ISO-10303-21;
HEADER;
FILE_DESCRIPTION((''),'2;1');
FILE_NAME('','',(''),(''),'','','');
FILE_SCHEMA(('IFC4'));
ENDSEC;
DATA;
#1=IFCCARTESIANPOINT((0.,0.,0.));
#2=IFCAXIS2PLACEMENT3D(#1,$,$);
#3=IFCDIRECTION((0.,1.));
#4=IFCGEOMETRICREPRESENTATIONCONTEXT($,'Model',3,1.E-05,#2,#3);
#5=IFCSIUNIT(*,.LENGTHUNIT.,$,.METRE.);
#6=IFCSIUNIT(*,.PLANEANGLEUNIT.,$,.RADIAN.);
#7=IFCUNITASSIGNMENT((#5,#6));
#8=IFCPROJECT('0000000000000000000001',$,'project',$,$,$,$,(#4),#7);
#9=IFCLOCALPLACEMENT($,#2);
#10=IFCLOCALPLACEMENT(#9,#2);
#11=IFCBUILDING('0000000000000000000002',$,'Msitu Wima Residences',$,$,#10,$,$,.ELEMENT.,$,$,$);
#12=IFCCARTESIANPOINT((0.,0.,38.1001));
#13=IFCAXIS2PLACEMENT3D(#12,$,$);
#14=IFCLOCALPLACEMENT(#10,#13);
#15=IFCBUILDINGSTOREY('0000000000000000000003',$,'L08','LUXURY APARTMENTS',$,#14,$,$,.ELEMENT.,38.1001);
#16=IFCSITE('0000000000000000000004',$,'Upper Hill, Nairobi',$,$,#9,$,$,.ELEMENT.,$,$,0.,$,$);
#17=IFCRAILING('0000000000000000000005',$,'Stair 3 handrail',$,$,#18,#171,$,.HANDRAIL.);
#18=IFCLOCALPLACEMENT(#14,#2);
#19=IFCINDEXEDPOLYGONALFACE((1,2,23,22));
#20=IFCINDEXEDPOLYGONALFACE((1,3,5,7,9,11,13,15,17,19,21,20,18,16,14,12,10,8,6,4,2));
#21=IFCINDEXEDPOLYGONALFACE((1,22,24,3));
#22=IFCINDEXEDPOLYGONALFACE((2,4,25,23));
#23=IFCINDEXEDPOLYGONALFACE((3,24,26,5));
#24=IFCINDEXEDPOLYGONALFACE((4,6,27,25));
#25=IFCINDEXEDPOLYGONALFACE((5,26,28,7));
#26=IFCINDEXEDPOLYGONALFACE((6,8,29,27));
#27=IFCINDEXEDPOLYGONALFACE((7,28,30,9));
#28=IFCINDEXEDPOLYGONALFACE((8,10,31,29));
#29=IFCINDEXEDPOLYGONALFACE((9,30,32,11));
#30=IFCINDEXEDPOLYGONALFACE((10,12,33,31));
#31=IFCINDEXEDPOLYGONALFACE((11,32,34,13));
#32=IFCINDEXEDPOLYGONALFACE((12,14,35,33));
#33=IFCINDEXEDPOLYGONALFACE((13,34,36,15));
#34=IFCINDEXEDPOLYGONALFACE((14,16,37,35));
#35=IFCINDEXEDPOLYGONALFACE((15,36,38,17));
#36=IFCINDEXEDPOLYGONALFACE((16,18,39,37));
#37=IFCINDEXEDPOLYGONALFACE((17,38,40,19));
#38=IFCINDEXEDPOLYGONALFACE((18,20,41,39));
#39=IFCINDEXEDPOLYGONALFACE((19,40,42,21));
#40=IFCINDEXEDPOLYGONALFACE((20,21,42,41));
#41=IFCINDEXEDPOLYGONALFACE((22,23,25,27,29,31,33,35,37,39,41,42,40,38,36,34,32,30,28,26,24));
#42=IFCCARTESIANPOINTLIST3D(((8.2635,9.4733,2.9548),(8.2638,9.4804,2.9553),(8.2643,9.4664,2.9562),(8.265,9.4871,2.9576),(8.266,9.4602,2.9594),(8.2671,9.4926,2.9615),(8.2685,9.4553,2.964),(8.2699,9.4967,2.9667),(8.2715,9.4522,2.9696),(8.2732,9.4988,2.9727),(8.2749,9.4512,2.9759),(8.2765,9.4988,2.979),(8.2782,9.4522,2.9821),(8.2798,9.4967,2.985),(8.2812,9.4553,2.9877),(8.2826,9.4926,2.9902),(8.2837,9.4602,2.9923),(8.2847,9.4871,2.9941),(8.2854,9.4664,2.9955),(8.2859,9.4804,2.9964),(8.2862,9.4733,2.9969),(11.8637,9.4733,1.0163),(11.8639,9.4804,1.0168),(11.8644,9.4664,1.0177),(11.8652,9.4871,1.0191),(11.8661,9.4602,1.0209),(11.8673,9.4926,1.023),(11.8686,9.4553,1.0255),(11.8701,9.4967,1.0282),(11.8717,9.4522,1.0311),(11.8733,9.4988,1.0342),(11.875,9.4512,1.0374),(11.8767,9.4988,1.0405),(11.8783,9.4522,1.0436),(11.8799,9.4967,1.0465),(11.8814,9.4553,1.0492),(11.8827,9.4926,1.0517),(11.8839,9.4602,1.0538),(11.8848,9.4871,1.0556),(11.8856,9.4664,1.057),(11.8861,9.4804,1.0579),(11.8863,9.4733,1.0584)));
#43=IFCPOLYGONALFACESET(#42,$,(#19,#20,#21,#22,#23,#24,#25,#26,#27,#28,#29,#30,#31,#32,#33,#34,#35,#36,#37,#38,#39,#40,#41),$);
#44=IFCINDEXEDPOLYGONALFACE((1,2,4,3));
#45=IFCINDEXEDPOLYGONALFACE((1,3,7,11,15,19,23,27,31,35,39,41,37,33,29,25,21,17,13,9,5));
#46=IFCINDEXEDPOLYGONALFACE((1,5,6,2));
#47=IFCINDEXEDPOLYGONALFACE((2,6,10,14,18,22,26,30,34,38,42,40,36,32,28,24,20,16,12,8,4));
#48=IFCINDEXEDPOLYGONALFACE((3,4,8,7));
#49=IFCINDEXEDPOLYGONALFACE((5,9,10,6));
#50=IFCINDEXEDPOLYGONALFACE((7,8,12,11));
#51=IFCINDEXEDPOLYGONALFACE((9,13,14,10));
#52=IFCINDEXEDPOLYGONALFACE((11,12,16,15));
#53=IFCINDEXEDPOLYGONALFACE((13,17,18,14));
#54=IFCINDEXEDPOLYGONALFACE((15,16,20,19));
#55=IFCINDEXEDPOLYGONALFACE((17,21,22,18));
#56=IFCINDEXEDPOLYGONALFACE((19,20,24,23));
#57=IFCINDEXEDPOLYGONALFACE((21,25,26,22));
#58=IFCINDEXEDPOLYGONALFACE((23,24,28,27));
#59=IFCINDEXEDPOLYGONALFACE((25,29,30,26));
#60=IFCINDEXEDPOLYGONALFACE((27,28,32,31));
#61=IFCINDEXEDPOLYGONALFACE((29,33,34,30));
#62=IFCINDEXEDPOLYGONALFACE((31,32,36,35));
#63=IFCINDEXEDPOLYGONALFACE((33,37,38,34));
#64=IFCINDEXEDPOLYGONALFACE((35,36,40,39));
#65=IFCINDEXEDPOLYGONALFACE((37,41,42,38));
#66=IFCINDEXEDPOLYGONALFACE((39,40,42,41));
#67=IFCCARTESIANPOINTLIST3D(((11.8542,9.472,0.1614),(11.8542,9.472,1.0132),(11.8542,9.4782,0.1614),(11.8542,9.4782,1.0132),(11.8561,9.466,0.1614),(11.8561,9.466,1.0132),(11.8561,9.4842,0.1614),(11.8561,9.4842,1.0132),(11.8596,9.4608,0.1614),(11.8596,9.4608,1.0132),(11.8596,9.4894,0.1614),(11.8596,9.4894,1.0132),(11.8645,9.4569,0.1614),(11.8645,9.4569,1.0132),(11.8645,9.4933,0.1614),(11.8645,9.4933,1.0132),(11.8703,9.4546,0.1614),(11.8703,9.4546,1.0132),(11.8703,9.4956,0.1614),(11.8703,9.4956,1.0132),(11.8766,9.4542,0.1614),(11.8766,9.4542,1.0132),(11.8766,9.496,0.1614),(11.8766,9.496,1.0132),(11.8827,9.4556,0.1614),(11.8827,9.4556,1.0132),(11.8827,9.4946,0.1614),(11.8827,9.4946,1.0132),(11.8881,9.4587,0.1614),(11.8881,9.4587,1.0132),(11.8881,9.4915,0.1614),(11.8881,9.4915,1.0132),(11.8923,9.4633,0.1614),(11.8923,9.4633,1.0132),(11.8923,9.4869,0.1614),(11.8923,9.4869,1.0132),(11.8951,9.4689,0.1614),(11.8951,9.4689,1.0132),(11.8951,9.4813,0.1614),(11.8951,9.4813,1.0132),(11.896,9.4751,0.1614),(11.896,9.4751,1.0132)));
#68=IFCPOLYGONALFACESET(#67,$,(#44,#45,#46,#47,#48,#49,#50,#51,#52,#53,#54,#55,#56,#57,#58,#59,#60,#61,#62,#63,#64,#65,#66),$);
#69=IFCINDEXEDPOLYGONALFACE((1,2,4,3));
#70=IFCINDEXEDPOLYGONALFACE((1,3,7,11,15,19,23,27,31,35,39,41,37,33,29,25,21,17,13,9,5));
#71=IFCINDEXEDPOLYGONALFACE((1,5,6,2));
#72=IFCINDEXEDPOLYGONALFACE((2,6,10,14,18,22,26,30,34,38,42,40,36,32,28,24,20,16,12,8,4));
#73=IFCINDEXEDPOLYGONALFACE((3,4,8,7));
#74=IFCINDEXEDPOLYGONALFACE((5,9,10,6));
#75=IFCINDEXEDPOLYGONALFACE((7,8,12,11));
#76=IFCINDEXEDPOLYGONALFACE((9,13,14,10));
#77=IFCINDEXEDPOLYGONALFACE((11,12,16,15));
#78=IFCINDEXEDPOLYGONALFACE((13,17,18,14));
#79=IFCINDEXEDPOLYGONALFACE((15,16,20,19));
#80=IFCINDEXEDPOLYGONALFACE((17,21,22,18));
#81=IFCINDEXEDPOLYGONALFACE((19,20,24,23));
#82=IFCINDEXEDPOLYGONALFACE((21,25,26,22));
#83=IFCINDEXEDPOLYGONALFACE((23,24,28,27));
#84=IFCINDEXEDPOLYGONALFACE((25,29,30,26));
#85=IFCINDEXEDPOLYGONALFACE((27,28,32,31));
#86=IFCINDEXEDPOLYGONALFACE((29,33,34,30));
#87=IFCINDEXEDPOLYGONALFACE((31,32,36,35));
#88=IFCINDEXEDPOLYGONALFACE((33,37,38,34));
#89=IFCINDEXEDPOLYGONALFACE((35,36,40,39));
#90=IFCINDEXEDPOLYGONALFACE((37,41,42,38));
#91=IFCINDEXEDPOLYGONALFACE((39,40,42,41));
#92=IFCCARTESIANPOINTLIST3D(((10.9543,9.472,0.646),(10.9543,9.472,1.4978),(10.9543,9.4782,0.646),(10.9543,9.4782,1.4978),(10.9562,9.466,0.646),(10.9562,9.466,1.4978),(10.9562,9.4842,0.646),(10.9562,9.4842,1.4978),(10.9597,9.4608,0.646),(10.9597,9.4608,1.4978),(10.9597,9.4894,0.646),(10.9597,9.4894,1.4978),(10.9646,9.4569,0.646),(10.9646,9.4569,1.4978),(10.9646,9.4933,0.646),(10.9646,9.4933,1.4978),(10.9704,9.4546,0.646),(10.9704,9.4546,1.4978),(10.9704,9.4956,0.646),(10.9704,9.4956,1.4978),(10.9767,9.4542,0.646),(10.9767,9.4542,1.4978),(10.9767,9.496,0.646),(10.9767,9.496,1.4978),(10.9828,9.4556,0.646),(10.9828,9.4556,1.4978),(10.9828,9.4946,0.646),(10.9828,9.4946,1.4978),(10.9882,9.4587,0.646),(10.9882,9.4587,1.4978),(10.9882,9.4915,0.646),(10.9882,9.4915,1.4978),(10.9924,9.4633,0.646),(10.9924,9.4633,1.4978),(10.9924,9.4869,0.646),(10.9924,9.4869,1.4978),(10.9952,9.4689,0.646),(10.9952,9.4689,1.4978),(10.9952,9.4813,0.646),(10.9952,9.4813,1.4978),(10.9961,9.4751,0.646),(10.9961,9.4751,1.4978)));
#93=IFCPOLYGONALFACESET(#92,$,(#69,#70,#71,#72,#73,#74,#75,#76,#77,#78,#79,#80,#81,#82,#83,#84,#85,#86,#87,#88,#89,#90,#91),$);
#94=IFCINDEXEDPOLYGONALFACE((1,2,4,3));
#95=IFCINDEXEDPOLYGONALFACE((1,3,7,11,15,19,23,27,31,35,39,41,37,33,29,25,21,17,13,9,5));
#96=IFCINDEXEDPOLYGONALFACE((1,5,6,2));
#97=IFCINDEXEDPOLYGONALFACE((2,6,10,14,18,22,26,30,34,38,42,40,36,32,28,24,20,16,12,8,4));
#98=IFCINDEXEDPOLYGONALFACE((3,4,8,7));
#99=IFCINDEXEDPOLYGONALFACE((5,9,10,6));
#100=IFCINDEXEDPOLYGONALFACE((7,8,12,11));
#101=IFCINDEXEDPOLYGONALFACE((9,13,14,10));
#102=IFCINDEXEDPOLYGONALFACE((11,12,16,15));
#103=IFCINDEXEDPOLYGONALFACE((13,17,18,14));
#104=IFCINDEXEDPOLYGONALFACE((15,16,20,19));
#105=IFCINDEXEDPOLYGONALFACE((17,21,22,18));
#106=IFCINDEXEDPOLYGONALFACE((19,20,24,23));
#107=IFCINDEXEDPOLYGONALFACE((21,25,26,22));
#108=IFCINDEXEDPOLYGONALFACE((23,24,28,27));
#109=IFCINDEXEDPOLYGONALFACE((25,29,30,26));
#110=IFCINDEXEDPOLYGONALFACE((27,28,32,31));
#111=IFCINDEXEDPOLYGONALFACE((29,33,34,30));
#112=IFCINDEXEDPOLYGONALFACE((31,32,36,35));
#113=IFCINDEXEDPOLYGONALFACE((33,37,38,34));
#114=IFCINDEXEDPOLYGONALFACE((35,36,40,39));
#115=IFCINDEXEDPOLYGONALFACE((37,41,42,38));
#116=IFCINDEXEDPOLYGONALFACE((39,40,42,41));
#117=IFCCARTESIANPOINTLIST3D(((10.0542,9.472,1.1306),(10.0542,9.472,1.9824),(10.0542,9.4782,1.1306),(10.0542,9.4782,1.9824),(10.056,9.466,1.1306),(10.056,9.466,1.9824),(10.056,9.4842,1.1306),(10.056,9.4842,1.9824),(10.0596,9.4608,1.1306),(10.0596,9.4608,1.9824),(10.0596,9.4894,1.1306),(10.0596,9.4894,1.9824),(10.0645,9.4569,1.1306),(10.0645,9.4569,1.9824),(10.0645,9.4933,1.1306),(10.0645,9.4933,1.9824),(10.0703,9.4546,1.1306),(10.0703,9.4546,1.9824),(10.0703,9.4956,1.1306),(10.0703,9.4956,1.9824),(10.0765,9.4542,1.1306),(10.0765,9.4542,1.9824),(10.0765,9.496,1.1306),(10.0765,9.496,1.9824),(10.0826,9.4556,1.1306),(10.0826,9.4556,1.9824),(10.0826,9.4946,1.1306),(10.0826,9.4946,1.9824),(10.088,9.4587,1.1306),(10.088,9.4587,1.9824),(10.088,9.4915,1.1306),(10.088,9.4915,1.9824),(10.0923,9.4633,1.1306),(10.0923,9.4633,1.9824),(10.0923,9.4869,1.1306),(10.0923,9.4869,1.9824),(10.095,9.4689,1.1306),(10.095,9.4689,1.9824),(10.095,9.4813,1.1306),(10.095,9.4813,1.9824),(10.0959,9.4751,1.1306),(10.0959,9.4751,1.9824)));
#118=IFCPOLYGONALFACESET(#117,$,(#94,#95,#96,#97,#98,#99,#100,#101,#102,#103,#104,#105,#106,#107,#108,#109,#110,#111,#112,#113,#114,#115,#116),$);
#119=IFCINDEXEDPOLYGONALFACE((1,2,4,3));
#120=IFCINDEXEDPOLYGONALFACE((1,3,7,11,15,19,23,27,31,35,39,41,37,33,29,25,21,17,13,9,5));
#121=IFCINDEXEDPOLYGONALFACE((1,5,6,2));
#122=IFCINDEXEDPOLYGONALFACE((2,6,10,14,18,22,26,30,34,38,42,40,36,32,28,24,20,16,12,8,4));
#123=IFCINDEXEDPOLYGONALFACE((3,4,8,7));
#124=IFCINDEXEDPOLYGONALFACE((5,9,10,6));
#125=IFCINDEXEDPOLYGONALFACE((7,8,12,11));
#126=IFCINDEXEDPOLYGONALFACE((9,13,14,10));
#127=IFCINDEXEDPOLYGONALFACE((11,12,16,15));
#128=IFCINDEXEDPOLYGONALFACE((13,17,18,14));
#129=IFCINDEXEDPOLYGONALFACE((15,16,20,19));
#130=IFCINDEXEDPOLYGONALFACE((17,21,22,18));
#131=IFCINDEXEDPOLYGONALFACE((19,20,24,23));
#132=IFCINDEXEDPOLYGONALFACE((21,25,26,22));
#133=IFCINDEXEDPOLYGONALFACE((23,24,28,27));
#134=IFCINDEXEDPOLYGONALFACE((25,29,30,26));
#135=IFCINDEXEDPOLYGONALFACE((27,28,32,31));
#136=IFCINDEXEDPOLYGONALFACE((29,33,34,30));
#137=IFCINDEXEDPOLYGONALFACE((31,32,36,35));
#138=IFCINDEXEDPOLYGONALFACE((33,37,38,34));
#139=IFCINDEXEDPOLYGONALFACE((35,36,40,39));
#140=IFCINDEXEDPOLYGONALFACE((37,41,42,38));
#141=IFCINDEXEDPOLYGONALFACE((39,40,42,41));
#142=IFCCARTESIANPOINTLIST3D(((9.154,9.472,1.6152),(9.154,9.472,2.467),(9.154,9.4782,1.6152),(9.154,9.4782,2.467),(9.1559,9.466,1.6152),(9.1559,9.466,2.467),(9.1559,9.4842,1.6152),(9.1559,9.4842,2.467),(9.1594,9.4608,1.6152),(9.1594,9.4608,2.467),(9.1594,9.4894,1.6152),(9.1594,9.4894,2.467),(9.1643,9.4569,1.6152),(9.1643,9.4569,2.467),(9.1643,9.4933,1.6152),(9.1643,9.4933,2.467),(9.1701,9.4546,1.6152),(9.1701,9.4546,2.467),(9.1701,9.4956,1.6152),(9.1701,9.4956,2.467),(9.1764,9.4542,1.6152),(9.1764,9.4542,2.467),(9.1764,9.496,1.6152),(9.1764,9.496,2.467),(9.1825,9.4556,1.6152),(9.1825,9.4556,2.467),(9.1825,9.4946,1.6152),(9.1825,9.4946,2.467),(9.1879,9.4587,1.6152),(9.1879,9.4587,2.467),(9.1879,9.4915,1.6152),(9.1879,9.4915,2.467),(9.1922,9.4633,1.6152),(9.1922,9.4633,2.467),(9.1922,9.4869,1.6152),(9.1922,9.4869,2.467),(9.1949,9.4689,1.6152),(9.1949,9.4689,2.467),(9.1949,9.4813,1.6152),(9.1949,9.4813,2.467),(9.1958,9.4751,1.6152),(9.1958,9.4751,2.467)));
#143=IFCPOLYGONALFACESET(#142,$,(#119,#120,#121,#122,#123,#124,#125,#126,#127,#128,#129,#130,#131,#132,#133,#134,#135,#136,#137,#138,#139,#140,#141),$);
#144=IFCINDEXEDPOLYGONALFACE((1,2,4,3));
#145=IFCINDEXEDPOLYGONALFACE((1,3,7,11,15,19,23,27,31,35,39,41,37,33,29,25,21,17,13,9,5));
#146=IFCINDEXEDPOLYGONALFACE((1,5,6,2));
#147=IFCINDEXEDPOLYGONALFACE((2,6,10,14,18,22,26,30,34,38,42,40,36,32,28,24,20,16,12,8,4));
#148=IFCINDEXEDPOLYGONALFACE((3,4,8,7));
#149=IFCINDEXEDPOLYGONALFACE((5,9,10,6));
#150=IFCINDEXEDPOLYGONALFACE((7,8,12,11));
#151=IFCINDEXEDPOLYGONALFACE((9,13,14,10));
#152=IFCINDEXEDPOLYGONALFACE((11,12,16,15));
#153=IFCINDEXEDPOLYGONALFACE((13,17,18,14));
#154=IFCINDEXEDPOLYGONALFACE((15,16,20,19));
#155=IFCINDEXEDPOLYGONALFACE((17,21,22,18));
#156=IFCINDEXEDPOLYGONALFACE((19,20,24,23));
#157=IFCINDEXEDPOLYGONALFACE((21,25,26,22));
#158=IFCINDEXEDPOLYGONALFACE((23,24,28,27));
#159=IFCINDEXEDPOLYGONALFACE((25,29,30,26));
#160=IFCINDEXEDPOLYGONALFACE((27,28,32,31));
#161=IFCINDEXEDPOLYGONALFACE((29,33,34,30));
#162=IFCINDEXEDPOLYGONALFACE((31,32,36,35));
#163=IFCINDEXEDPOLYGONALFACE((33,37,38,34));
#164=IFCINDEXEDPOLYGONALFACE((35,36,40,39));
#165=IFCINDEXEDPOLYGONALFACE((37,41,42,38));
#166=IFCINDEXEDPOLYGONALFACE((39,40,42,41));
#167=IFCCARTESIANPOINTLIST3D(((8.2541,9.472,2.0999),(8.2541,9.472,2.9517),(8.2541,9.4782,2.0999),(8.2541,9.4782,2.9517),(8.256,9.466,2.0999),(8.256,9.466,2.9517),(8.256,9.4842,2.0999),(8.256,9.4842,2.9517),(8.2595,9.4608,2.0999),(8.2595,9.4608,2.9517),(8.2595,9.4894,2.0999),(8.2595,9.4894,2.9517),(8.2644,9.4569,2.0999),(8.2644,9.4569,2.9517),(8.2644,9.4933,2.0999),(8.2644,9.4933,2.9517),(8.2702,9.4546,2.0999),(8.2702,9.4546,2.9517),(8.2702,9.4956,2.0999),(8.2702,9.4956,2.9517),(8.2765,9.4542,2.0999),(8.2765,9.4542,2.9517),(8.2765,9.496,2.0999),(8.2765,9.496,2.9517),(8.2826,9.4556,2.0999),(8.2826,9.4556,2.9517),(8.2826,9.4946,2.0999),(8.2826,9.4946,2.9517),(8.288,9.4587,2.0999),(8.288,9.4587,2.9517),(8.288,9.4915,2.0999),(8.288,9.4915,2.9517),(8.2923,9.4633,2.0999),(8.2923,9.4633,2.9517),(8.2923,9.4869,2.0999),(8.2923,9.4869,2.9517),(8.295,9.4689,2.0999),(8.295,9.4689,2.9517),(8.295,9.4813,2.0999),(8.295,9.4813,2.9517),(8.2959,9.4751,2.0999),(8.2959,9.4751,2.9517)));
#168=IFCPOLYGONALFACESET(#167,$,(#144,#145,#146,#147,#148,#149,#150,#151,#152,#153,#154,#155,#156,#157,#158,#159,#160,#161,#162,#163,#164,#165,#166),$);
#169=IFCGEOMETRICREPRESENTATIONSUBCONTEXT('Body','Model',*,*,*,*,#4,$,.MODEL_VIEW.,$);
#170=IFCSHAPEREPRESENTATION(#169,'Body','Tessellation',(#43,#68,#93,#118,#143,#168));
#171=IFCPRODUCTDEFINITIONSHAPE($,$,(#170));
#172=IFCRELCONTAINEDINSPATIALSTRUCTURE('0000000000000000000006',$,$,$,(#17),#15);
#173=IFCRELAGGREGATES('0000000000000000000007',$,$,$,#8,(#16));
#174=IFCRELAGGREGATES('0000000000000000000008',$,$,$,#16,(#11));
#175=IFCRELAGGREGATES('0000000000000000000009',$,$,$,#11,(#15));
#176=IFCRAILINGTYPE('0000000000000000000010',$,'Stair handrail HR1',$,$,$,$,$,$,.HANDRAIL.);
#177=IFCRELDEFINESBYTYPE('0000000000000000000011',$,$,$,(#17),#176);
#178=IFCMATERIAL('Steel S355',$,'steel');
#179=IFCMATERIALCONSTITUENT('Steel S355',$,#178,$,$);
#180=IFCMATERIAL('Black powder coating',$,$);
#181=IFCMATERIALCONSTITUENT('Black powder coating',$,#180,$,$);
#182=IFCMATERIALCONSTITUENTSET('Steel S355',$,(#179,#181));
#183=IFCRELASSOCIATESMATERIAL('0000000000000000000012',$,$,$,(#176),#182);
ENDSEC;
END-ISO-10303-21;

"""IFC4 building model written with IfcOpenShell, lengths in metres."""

from ifc_helpers import new_model, si_unit, direction, frame, origin, origin_2d, place, context, subcontext, project, spatial, circle, extrude, material, constituent, constituent_set, type_object, element, save


model = new_model("IFC4")

# Units and contexts
model_context = context("Model", 3, precision=1e-05, world=origin(), true_north=direction((0.0, 1.0)))
body_context = subcontext(model_context, "Body", "Model", "MODEL_VIEW")
ifc_project = project(units=[si_unit("LENGTHUNIT", "METRE"), si_unit("PLANEANGLEUNIT", "RADIAN")], contexts=[model_context])

# Site, building, storey
site_placement = place(None, origin())
site = spatial("IfcSite", under=ifc_project, at=site_placement, Name="Upper Hill, Nairobi", CompositionType="ELEMENT", RefElevation=0.0)
building_placement = place(site_placement, origin())
building = spatial("IfcBuilding", under=site, at=building_placement, Name="Msitu Wima Residences", CompositionType="ELEMENT")
storey_placement = place(building_placement, frame((0.0, 0.0, 38.1001)))
storey = spatial("IfcBuildingStorey", under=building, at=storey_placement, Name="L08", Description="LUXURY APARTMENTS", CompositionType="ELEMENT", Elevation=38.1001)

# Railing
ifc_material_1 = material(Name="Steel S355", Category="steel")
ifc_constituent_1 = constituent(ifc_material_1, Name="Steel S355")
ifc_material_2 = material(Name="Black powder coating")
ifc_constituent_2 = constituent(ifc_material_2, Name="Black powder coating")
ifc_constituent_set_1 = constituent_set(constituents=[ifc_constituent_1, ifc_constituent_2], Name="Steel S355")
railing_type_1 = type_object("IfcRailingType", Name="Stair handrail HR1", PredefinedType="HANDRAIL", material=ifc_constituent_set_1)
for number, where, name in (
    (1, (11.875, 9.4751, 0.1614), "Stair 3 handrail"),
):
    element("IfcRailing", number, at=place(storey_placement, frame(where)), inside=storey, type_object=railing_type_1, Name=name, PredefinedType="HANDRAIL", context=body_context, shape_type="SweptSolid", body=[
        extrude(circle(Radius=0.0239, at=origin_2d()), frame((0.0, 0.0, 0.876), z_axis=(-0.880475, 0.0, 0.474093), x_axis=(0.0, -1.0, 0.0)), (0.0, 0.0, 1.0), 4.0889),
        extrude(circle(Radius=0.021, at=origin_2d()), origin(), (0.0, 0.0, 1.0), 0.8518),
        extrude(circle(Radius=0.021, at=origin_2d()), frame((-0.8999, 0.0, 0.4846)), (0.0, 0.0, 1.0), 0.8518),
        extrude(circle(Radius=0.021, at=origin_2d()), frame((-1.8, 0.0, 0.9692)), (0.0, 0.0, 1.0), 0.8518),
        extrude(circle(Radius=0.021, at=origin_2d()), frame((-2.7002, 0.0, 1.4539)), (0.0, 0.0, 1.0), 0.8518),
        extrude(circle(Radius=0.021, at=origin_2d()), frame((-3.6001, 0.0, 1.9385)), (0.0, 0.0, 1.0), 0.8518),
    ])

save(model, "model.ifc")
